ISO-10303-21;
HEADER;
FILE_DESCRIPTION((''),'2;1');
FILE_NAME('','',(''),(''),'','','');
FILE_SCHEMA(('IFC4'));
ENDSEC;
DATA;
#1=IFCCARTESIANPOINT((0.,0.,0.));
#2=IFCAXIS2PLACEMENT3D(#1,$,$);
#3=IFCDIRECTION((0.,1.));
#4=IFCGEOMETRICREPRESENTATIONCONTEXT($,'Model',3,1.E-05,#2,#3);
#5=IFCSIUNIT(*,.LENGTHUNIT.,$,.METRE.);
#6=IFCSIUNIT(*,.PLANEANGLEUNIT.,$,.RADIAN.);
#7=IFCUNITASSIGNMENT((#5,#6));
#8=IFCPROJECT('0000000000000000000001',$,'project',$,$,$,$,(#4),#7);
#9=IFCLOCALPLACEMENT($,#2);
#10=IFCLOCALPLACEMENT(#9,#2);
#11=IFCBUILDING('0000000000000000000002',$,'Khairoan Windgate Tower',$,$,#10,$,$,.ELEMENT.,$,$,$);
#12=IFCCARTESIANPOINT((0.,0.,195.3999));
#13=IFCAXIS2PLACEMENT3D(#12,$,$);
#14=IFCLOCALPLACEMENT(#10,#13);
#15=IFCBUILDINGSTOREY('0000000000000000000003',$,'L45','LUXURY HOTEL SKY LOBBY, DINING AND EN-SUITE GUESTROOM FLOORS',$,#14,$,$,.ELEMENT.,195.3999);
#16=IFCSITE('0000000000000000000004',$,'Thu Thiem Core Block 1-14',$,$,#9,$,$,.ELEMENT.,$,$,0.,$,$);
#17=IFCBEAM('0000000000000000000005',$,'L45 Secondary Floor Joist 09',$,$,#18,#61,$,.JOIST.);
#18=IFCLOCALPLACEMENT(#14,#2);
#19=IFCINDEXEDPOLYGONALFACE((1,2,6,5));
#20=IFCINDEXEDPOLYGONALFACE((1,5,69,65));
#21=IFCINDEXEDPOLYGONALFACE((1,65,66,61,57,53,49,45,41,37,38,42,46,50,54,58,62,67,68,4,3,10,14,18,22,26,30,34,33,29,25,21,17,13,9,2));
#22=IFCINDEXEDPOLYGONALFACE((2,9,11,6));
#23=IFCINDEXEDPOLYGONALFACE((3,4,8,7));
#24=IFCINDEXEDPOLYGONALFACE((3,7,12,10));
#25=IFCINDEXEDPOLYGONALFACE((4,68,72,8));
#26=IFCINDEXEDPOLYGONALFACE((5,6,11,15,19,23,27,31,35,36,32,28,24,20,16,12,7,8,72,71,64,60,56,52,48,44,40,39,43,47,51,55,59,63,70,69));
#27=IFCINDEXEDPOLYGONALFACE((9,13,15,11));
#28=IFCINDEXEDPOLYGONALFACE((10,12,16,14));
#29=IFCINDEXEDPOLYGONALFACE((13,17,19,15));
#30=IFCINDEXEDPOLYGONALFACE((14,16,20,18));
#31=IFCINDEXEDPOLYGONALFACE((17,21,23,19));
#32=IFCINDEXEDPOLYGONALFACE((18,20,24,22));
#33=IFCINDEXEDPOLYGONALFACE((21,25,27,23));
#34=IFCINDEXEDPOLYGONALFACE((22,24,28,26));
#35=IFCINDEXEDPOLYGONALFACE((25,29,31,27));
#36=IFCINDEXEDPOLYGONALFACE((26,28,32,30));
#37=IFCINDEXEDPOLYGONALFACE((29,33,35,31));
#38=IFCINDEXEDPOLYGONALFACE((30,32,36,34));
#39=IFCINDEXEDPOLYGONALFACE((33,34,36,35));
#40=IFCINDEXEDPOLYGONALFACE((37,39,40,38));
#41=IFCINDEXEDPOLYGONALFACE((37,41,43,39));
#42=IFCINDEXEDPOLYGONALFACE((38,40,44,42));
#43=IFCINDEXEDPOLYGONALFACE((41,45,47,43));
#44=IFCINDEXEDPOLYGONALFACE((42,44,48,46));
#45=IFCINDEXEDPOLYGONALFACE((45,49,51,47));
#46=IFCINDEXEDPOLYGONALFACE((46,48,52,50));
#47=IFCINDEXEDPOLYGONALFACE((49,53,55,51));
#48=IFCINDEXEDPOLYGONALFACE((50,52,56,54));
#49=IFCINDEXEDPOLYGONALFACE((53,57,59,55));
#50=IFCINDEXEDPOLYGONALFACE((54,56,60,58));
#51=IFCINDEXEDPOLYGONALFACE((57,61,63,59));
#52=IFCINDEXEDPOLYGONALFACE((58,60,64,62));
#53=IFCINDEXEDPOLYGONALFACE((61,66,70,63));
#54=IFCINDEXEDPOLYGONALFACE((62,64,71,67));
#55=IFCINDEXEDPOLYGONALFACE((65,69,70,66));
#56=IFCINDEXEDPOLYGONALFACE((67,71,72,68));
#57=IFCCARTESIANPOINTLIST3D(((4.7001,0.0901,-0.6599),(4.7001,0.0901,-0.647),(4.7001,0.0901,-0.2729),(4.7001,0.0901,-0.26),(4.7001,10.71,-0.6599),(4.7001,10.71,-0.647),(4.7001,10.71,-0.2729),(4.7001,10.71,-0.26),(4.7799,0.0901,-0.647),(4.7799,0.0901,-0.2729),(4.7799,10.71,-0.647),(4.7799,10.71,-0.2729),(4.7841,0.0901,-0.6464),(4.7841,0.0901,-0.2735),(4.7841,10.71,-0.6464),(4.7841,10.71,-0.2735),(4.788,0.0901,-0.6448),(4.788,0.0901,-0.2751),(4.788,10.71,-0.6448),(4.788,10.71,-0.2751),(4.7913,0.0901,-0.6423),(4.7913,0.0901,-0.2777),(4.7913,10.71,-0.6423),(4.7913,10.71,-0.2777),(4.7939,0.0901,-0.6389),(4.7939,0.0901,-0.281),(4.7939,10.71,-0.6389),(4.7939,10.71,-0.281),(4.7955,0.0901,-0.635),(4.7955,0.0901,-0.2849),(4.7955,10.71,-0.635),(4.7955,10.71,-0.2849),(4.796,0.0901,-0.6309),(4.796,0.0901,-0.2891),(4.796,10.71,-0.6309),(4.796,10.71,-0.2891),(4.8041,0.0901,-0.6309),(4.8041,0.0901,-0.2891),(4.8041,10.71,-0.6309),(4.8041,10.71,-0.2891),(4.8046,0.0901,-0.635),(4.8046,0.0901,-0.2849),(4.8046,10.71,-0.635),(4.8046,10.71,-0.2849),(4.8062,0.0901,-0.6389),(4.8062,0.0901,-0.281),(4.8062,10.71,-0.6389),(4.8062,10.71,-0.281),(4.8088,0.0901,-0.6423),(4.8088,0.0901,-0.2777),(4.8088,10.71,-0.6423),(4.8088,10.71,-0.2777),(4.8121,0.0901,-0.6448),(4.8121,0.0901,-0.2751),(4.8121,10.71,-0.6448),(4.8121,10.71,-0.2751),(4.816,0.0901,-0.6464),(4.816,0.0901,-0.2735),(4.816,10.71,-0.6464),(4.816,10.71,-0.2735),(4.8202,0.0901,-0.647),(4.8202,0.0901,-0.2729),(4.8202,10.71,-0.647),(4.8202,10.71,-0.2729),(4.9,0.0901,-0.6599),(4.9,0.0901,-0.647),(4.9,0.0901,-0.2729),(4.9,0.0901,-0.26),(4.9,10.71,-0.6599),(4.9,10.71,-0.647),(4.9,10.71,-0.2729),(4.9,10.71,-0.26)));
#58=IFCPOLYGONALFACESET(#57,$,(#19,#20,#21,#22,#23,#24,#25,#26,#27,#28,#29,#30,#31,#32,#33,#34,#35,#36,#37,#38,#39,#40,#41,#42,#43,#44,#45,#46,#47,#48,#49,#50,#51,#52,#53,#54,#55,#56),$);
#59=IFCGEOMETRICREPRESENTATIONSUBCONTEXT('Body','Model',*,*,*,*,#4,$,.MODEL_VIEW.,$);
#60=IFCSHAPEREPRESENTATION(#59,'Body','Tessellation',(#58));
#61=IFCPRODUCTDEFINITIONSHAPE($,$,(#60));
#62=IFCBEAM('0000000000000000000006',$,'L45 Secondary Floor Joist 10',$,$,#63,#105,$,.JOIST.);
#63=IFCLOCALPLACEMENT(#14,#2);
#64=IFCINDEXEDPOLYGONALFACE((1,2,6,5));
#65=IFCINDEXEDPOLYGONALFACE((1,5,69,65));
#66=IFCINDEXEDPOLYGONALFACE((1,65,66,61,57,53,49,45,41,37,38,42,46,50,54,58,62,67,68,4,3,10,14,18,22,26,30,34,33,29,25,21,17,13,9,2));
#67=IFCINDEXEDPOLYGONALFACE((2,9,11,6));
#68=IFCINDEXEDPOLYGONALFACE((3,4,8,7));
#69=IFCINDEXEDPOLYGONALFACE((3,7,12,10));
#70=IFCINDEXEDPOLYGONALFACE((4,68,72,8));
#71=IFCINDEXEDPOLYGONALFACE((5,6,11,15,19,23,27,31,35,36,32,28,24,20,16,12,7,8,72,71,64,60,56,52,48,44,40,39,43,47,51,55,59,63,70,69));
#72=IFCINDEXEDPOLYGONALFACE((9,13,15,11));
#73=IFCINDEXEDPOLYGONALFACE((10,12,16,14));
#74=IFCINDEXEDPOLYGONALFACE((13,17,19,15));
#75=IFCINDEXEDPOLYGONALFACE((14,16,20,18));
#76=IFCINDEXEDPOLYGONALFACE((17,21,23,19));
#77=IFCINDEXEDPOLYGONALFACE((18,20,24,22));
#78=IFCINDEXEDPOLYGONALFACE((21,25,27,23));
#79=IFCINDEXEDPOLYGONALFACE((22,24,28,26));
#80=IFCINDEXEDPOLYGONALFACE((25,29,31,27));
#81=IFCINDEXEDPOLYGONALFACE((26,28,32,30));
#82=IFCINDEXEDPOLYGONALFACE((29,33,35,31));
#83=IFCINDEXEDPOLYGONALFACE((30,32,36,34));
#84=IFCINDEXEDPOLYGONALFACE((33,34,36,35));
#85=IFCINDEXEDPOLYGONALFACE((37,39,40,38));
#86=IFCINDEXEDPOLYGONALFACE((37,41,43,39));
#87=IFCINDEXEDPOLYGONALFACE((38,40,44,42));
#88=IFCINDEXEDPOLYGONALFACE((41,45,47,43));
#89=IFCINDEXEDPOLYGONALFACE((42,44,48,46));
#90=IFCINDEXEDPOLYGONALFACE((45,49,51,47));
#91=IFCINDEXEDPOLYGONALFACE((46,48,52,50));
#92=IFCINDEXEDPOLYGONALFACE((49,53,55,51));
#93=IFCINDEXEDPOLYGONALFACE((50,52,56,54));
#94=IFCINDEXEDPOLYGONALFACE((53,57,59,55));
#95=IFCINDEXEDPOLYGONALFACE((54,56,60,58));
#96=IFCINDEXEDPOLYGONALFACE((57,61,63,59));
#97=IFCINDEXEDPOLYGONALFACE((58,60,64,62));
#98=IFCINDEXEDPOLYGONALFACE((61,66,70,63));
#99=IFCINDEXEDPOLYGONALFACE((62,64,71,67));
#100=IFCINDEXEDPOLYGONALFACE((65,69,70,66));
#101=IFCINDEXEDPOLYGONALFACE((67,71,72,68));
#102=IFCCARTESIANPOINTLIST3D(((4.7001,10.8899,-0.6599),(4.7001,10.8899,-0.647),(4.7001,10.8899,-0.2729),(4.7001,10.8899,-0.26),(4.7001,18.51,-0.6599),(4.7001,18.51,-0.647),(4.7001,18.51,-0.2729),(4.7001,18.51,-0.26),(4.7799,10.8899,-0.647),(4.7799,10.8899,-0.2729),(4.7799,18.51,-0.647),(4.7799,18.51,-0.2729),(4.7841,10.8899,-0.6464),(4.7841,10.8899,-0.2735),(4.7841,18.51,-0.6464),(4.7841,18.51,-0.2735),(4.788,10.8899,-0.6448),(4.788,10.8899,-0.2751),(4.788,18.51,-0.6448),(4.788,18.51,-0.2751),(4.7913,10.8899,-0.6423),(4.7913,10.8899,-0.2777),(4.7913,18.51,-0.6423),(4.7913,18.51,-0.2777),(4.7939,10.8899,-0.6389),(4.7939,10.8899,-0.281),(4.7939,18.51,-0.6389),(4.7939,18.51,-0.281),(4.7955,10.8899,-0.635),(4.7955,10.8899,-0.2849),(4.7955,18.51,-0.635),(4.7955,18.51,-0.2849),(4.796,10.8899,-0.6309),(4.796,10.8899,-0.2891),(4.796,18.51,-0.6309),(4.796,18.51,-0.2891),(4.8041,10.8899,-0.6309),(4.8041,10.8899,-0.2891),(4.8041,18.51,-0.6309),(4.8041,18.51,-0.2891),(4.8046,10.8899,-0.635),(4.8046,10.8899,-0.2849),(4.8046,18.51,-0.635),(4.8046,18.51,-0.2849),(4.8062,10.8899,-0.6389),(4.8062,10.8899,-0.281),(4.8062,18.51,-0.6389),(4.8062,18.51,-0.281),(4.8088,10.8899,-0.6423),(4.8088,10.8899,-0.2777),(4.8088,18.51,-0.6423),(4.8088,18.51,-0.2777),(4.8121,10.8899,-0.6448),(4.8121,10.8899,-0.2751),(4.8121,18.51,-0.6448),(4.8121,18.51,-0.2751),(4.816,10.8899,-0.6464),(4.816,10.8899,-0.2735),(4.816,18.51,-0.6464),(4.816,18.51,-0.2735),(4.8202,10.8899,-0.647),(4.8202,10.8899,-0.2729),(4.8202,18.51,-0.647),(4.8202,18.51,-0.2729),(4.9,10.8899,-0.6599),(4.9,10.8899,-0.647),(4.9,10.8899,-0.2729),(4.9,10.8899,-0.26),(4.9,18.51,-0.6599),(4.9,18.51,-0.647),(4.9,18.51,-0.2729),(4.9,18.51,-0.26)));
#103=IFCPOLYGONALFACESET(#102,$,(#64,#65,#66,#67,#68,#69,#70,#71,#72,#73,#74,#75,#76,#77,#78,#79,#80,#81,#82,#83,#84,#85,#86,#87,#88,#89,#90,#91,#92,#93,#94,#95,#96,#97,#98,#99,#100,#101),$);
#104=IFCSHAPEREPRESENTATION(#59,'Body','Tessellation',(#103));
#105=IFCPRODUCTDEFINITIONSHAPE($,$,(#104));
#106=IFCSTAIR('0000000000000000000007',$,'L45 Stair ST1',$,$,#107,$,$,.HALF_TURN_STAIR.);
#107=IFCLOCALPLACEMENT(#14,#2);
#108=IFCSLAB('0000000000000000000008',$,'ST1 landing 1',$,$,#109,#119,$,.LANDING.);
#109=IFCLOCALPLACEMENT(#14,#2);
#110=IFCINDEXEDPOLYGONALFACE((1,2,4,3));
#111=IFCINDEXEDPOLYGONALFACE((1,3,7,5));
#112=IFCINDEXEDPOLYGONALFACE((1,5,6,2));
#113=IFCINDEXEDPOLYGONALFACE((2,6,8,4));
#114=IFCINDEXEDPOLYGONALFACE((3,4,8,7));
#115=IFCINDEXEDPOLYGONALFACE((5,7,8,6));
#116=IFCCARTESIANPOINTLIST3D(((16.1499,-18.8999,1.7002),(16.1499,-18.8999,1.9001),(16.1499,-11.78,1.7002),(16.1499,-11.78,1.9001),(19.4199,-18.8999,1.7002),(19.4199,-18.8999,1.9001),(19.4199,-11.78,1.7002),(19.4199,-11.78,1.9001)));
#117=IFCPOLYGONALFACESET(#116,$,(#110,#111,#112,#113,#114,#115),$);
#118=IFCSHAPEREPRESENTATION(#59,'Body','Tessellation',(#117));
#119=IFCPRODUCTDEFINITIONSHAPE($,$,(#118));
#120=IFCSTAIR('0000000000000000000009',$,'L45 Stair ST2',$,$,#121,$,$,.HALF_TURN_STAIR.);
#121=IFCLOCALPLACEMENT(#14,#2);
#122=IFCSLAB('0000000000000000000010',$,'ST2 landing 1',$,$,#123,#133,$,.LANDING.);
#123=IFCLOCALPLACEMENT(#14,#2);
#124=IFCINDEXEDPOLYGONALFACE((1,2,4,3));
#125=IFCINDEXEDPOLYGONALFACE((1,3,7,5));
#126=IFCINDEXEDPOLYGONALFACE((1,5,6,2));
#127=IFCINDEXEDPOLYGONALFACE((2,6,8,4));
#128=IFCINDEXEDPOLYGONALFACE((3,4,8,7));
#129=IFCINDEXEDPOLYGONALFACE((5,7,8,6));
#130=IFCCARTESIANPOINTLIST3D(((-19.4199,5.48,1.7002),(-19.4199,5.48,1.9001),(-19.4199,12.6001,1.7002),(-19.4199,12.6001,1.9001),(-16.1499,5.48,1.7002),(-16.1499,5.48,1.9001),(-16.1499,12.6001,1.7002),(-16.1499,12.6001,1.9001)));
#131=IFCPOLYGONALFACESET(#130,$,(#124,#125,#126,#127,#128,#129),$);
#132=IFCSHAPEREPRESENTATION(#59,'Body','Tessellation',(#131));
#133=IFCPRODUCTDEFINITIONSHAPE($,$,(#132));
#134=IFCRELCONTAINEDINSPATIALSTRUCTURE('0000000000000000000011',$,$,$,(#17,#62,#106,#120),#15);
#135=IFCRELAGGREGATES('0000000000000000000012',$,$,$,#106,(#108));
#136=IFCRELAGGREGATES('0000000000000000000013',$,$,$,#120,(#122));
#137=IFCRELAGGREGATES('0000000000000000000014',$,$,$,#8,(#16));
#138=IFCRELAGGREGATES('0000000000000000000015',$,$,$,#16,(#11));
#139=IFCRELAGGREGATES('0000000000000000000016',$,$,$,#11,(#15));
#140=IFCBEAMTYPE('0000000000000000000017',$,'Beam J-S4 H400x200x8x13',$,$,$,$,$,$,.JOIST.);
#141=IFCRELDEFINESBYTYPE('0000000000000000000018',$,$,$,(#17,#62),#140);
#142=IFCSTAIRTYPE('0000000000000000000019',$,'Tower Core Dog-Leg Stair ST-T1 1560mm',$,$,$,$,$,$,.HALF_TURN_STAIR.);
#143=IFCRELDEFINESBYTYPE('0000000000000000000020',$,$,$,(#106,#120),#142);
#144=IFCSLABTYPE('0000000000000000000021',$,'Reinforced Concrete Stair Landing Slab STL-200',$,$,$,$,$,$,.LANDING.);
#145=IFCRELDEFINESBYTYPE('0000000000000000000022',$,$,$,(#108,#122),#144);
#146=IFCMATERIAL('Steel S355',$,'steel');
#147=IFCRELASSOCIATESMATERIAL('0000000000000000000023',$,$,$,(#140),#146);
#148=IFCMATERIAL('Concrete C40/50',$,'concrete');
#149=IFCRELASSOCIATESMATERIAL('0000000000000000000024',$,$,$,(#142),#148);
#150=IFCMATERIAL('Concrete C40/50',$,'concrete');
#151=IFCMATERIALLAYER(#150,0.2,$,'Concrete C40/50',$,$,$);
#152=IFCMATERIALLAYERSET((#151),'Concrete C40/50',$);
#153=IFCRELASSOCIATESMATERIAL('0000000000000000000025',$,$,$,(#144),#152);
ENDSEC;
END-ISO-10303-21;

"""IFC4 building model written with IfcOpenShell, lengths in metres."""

from ifc_helpers import new_model, si_unit, direction, frame, origin, origin_2d, place, context, subcontext, project, spatial, polyline, i_section, outline, extrude, material, layer, layer_set, material_profile, profile_set, type_object, element, aggregate, save


model = new_model("IFC4")

# Units and contexts
model_context = context("Model", 3, precision=1e-05, world=origin(), true_north=direction((0.0, 1.0)))
body_context = subcontext(model_context, "Body", "Model", "MODEL_VIEW")
ifc_project = project(units=[si_unit("LENGTHUNIT", "METRE"), si_unit("PLANEANGLEUNIT", "RADIAN")], contexts=[model_context])

# Site, building, storey
site_placement = place(None, origin())
site = spatial("IfcSite", under=ifc_project, at=site_placement, Name="Thu Thiem Core Block 1-14", CompositionType="ELEMENT", RefElevation=0.0)
building_placement = place(site_placement, origin())
building = spatial("IfcBuilding", under=site, at=building_placement, Name="Khairoan Windgate Tower", CompositionType="ELEMENT")
storey_placement = place(building_placement, frame((0.0, 0.0, 195.3999)))
storey = spatial("IfcBuildingStorey", under=building, at=storey_placement, Name="L45", Description="LUXURY HOTEL SKY LOBBY, DINING AND EN-SUITE GUESTROOM FLOORS", CompositionType="ELEMENT", Elevation=195.3999)

# Beams
ifc_material_1 = material(Name="Steel S355", Category="steel")
ifc_material_profile_1 = material_profile(ifc_material_1, i_section(OverallWidth=0.2, OverallDepth=0.3999, WebThickness=0.0081, FlangeThickness=0.0129, FilletRadius=0.0161, at=origin_2d()))
ifc_profile_set_1 = profile_set([ifc_material_profile_1], Name="Steel S355")
beam_type_1 = type_object("IfcBeamType", Name="Beam J-S4 H400x200x8x13", PredefinedType="JOIST", material=ifc_profile_set_1)
beam_1_placement = place(storey_placement, frame((4.8, 0.0901, -0.46), z_axis=(0.0, 1.0, 0.0), x_axis=(-1.0, 0.0, 0.0)))
element("IfcBeam", 1, at=beam_1_placement, inside=storey, type_object=beam_type_1, Name="L45 Secondary Floor Joist 09", PredefinedType="JOIST", context=body_context, shape_type="SweptSolid", body=[
    extrude(i_section(OverallWidth=0.2, OverallDepth=0.3999, WebThickness=0.0081, FlangeThickness=0.0129, FilletRadius=0.0161, at=origin_2d()), origin(), (0.0, 0.0, 1.0), 10.6199),
])
beam_2_placement = place(storey_placement, frame((4.8, 10.8899, -0.46), z_axis=(0.0, 1.0, 0.0), x_axis=(-1.0, 0.0, 0.0)))
element("IfcBeam", 2, at=beam_2_placement, inside=storey, type_object=beam_type_1, Name="L45 Secondary Floor Joist 10", PredefinedType="JOIST", context=body_context, shape_type="SweptSolid", body=[
    extrude(i_section(OverallWidth=0.2, OverallDepth=0.3999, WebThickness=0.0081, FlangeThickness=0.0129, FilletRadius=0.0161, at=origin_2d()), origin(), (0.0, 0.0, 1.0), 7.6201),
])

# Stairs, slabs
ifc_material_2 = material(Name="Concrete C40/50", Category="concrete")
stair_type = type_object("IfcStairType", Name="Tower Core Dog-Leg Stair ST-T1 1560mm", PredefinedType="HALF_TURN_STAIR", material=ifc_material_2)
stair_1_placement = place(storey_placement, origin())
stair_1 = element("IfcStair", 3, at=stair_1_placement, inside=storey, type_object=stair_type, Name="L45 Stair ST1", PredefinedType="HALF_TURN_STAIR")
ifc_material_3 = material(Name="Concrete C40/50", Category="concrete")
ifc_layer_1 = layer(ifc_material_3, 0.2, Name="Concrete C40/50")
ifc_layer_set_1 = layer_set([ifc_layer_1], Name="Concrete C40/50")
slab_type_1 = type_object("IfcSlabType", Name="Reinforced Concrete Stair Landing Slab STL-200", PredefinedType="LANDING", material=ifc_layer_set_1)
slab_1_placement = place(storey_placement, frame((0.0, 0.0, 1.7002)))
slab_1 = element("IfcSlab", 4, at=slab_1_placement, type_object=slab_type_1, Name="ST1 landing 1", PredefinedType="LANDING", context=body_context, shape_type="SweptSolid", body=[
    extrude(outline(polyline([(16.1499, -11.78), (16.1499, -18.8999), (19.4199, -18.8999), (19.4199, -11.78), (16.1499, -11.78)])), origin(), (0.0, 0.0, 1.0), 0.2),
])
aggregate(stair_1, [slab_1])
stair_2_placement = place(storey_placement, origin())
stair_2 = element("IfcStair", 5, at=stair_2_placement, inside=storey, type_object=stair_type, Name="L45 Stair ST2", PredefinedType="HALF_TURN_STAIR")
slab_2_placement = place(storey_placement, frame((0.0, 0.0, 1.7002)))
slab_2 = element("IfcSlab", 6, at=slab_2_placement, type_object=slab_type_1, Name="ST2 landing 1", PredefinedType="LANDING", context=body_context, shape_type="SweptSolid", body=[
    extrude(outline(polyline([(-16.1499, 5.48), (-16.1499, 12.6001), (-19.4199, 12.6001), (-19.4199, 5.48), (-16.1499, 5.48)])), origin(), (0.0, 0.0, 1.0), 0.2),
])
aggregate(stair_2, [slab_2])

save(model, "model.ifc")
